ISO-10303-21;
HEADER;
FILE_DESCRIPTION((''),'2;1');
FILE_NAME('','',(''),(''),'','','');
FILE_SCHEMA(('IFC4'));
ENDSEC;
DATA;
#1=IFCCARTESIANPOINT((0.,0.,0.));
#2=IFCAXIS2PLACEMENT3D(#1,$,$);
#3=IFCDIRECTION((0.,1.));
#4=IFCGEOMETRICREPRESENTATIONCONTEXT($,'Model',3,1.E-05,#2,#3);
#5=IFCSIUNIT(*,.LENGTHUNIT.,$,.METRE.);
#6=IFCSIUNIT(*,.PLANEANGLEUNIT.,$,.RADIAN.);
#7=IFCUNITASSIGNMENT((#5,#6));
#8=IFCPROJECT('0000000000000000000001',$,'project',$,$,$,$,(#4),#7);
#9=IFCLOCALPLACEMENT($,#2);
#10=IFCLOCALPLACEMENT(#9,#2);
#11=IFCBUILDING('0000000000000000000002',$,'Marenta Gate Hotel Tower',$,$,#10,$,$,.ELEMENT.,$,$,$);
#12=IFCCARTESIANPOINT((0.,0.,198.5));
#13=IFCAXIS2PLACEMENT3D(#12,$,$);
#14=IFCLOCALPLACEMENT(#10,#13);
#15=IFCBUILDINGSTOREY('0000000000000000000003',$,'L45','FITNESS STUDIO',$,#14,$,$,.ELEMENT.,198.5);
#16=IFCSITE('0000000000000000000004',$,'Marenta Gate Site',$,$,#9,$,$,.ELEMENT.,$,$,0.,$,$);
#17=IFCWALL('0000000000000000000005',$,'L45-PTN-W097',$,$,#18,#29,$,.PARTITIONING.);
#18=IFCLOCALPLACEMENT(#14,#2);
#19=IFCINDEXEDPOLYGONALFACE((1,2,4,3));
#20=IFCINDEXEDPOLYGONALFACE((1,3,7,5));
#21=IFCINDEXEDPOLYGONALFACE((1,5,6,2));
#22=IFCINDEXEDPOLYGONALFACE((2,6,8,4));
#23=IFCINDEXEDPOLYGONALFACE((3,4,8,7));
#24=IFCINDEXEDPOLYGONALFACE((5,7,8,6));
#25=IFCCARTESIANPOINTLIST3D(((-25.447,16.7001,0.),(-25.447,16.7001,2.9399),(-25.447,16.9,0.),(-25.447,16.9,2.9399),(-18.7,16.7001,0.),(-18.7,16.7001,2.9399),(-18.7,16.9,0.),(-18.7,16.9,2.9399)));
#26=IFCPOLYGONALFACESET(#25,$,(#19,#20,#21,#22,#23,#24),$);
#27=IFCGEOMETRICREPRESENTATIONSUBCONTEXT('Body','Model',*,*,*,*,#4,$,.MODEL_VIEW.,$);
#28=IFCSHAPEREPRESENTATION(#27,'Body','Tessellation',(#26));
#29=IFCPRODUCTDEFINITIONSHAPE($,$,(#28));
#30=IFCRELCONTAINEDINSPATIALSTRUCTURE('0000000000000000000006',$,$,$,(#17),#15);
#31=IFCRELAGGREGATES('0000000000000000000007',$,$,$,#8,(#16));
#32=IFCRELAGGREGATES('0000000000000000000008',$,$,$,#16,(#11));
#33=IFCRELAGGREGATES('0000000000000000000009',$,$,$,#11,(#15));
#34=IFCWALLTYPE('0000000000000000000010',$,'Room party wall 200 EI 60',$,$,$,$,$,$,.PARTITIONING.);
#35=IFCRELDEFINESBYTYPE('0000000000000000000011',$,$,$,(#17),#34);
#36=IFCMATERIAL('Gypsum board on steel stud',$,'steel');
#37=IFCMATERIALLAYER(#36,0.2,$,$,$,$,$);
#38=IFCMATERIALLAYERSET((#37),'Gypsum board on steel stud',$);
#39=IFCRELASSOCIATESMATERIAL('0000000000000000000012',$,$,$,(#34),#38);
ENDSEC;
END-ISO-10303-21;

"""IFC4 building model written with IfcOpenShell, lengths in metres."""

from ifc_helpers import new_model, si_unit, direction, frame, frame_2d, origin, place, context, subcontext, project, spatial, rectangle, extrude, material, layer, layer_set, type_object, element, save


model = new_model("IFC4")

# Units and contexts
model_context = context("Model", 3, precision=1e-05, world=origin(), true_north=direction((0.0, 1.0)))
body_context = subcontext(model_context, "Body", "Model", "MODEL_VIEW")
ifc_project = project(units=[si_unit("LENGTHUNIT", "METRE"), si_unit("PLANEANGLEUNIT", "RADIAN")], contexts=[model_context])

# Site, building, storey
site_placement = place(None, origin())
site = spatial("IfcSite", under=ifc_project, at=site_placement, Name="Marenta Gate Site", CompositionType="ELEMENT", RefElevation=0.0)
building_placement = place(site_placement, origin())
building = spatial("IfcBuilding", under=site, at=building_placement, Name="Marenta Gate Hotel Tower", CompositionType="ELEMENT")
storey_placement = place(building_placement, frame((0.0, 0.0, 198.5)))
storey = spatial("IfcBuildingStorey", under=building, at=storey_placement, Name="L45", Description="FITNESS STUDIO", CompositionType="ELEMENT", Elevation=198.5)

# Wall
ifc_material_1 = material(Name="Gypsum board on steel stud", Category="steel")
ifc_layer_1 = layer(ifc_material_1, 0.2)
ifc_layer_set_1 = layer_set([ifc_layer_1], Name="Gypsum board on steel stud")
wall_type_1 = type_object("IfcWallType", Name="Room party wall 200 EI 60", PredefinedType="PARTITIONING", material=ifc_layer_set_1)
wall_1_placement = place(storey_placement, frame((-25.447, 16.8, 0.0), z_axis=(0.0, 0.0, 1.0), x_axis=(1.0, 0.0, 0.0)))
element("IfcWall", 1, at=wall_1_placement, inside=storey, type_object=wall_type_1, Name="L45-PTN-W097", PredefinedType="PARTITIONING", context=body_context, shape_type="SweptSolid", body=[
    extrude(rectangle(XDim=6.7471, YDim=0.2, at=frame_2d((3.3735, 0.0))), origin(), (0.0, 0.0, 1.0), 2.9399),
])

save(model, "model.ifc")
